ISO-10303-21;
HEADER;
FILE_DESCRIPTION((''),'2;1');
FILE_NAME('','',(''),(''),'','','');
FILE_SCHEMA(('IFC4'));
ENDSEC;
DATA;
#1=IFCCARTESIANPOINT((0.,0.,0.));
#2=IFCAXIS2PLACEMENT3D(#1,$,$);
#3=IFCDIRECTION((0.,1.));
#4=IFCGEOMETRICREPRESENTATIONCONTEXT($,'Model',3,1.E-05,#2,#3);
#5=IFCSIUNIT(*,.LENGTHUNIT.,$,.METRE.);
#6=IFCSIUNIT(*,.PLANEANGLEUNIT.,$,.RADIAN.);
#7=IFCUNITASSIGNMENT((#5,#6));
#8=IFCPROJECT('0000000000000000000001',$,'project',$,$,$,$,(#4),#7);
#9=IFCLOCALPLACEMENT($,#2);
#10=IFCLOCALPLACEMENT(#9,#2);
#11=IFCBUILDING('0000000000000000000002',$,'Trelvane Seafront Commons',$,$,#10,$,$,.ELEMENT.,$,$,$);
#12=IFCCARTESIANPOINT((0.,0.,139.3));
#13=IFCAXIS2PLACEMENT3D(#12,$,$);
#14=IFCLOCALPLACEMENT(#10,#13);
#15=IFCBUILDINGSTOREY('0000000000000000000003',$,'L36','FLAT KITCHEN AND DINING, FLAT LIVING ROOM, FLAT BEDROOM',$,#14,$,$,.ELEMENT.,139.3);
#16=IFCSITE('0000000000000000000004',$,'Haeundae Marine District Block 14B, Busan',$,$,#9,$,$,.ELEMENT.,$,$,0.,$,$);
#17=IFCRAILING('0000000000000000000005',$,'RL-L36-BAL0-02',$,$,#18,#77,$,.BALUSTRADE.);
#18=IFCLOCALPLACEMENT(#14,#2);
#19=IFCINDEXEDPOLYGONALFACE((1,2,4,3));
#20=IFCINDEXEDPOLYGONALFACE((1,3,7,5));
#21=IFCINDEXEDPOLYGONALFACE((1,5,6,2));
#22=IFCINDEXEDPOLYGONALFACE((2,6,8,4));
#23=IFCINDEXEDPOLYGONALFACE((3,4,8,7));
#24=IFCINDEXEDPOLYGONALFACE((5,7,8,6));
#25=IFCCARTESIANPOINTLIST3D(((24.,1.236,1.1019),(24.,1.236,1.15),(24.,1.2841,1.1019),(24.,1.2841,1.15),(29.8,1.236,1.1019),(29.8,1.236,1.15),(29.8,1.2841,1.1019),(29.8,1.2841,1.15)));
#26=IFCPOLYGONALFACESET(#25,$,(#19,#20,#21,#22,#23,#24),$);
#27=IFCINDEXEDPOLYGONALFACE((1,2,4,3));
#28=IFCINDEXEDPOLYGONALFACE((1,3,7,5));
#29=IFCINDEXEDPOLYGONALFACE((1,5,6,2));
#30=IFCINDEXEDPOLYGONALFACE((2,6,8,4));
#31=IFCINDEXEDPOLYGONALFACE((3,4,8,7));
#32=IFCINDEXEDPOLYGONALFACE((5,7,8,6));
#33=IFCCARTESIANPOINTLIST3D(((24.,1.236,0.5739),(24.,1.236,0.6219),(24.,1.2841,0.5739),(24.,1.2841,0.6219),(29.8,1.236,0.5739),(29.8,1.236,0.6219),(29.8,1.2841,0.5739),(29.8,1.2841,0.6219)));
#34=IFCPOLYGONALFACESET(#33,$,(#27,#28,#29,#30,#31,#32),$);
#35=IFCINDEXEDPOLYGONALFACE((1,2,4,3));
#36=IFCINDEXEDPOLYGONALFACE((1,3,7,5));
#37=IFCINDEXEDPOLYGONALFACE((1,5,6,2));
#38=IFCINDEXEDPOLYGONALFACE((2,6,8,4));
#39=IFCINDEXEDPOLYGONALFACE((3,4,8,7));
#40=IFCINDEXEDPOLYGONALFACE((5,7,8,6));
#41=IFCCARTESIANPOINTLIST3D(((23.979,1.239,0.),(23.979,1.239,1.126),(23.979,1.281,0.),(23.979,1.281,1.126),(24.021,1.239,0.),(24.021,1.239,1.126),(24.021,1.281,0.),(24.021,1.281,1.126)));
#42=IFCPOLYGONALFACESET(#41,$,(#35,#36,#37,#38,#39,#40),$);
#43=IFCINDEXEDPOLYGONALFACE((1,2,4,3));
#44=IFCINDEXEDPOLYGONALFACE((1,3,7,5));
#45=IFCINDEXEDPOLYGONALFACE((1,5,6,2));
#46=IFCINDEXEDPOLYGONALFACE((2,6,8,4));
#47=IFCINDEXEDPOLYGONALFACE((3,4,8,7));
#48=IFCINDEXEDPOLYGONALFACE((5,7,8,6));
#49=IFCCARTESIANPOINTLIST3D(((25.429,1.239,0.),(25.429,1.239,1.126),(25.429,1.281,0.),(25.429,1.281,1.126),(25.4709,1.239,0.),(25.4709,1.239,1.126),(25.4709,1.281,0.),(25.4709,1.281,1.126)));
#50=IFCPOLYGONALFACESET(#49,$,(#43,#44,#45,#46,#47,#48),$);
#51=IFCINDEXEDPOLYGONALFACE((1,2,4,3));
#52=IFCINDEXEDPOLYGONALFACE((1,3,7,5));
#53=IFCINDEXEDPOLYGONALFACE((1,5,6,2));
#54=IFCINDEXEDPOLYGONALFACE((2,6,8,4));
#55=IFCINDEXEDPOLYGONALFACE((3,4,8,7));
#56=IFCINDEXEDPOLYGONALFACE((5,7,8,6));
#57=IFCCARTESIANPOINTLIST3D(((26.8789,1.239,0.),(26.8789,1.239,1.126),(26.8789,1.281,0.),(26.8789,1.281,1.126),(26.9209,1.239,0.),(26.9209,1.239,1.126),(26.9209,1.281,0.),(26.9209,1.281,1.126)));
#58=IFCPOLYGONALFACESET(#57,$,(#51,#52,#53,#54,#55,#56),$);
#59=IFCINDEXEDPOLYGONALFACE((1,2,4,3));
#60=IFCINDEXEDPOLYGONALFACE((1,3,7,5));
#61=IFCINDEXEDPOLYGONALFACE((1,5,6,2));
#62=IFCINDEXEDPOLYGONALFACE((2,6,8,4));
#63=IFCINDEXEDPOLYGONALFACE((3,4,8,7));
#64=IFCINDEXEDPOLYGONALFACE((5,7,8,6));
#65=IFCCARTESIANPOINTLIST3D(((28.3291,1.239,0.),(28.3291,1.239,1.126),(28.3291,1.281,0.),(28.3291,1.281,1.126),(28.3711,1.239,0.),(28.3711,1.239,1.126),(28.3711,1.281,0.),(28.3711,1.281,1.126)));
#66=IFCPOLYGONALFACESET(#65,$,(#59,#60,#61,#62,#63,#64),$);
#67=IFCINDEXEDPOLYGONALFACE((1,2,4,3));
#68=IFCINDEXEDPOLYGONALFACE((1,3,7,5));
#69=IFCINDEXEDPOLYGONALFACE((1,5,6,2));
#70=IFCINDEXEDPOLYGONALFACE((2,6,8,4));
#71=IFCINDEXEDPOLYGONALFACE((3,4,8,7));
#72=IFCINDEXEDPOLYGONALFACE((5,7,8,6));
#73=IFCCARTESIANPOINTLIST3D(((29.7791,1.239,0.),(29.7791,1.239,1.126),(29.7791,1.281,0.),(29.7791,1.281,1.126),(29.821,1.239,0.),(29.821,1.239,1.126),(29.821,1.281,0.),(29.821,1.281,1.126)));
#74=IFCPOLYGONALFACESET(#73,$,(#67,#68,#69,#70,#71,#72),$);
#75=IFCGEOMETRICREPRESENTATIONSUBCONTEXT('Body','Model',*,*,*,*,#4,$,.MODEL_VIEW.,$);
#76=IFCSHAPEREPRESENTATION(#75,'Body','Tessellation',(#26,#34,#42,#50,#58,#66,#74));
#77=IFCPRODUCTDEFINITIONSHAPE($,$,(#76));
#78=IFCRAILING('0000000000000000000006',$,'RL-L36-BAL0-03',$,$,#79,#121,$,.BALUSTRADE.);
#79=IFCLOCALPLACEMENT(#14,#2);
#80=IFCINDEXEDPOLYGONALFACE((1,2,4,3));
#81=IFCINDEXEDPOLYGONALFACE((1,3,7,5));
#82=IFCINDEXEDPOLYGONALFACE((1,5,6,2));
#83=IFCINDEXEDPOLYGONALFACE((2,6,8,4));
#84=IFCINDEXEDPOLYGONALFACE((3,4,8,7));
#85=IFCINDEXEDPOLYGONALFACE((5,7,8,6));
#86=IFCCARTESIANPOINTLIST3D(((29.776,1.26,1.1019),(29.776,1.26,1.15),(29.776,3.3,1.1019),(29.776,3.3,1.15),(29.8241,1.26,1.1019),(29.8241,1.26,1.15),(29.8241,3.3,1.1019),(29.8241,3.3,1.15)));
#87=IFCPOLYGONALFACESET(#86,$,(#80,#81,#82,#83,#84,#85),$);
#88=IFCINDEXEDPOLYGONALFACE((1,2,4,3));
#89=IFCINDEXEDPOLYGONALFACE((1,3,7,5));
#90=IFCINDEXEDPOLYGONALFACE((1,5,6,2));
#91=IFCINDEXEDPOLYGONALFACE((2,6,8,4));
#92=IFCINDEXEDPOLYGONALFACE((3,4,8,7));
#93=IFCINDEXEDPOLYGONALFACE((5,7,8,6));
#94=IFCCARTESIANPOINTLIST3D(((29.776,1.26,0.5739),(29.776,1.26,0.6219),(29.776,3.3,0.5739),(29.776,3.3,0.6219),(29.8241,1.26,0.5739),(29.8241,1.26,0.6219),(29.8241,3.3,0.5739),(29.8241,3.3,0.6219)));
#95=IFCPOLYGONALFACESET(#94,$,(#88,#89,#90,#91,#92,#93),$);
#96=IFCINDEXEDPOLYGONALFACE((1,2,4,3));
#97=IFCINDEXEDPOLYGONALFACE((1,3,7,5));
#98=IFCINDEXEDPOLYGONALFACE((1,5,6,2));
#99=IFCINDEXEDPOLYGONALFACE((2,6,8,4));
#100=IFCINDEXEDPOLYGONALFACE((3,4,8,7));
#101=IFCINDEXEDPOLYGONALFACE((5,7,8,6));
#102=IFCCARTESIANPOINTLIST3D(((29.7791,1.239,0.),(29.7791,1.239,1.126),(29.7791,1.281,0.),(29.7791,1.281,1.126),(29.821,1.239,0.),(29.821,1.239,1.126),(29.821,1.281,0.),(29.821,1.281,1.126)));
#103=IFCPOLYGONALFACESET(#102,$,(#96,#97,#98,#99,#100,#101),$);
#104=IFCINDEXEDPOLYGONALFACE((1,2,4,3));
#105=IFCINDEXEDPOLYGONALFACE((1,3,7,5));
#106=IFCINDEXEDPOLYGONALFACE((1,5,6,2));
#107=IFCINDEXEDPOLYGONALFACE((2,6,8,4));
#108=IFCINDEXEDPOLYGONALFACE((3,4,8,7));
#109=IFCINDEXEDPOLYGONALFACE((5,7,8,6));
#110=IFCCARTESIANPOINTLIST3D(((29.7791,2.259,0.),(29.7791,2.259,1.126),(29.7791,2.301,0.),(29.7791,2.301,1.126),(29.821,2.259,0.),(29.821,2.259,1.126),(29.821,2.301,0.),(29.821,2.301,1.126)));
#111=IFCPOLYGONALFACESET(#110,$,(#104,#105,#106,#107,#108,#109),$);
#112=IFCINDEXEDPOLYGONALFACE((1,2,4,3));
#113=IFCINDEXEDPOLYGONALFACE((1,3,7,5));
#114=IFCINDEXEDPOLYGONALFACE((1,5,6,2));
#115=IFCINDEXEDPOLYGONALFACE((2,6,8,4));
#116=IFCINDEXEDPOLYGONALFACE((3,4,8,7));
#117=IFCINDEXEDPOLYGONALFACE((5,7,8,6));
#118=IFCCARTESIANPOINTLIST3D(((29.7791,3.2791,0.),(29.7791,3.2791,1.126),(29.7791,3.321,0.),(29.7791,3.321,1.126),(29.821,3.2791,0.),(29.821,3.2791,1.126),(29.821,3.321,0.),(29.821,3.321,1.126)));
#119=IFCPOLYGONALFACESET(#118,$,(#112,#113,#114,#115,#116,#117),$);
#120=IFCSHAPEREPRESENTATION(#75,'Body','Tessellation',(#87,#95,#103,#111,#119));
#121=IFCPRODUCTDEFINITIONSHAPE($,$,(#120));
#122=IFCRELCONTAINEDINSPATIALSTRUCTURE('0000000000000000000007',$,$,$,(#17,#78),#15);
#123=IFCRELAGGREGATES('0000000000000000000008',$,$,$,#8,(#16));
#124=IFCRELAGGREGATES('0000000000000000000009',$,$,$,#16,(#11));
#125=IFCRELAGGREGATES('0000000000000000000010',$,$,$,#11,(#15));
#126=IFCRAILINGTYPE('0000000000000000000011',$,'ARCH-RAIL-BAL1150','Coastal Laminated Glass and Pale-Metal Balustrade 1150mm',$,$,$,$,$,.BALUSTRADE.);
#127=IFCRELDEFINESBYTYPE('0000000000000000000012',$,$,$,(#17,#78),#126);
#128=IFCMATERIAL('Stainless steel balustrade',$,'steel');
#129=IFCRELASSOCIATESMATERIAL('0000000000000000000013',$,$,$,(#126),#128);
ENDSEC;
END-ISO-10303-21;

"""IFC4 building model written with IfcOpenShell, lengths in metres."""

from ifc_helpers import new_model, si_unit, direction, frame, origin, origin_2d, place, context, subcontext, project, spatial, rectangle, extrude, material, type_object, element, save


model = new_model("IFC4")

# Units and contexts
model_context = context("Model", 3, precision=1e-05, world=origin(), true_north=direction((0.0, 1.0)))
body_context = subcontext(model_context, "Body", "Model", "MODEL_VIEW")
ifc_project = project(units=[si_unit("LENGTHUNIT", "METRE"), si_unit("PLANEANGLEUNIT", "RADIAN")], contexts=[model_context])

# Site, building, storey
site_placement = place(None, origin())
site = spatial("IfcSite", under=ifc_project, at=site_placement, Name="Haeundae Marine District Block 14B, Busan", CompositionType="ELEMENT", RefElevation=0.0)
building_placement = place(site_placement, origin())
building = spatial("IfcBuilding", under=site, at=building_placement, Name="Trelvane Seafront Commons", CompositionType="ELEMENT")
storey_placement = place(building_placement, frame((0.0, 0.0, 139.3)))
storey = spatial("IfcBuildingStorey", under=building, at=storey_placement, Name="L36", Description="FLAT KITCHEN AND DINING, FLAT LIVING ROOM, FLAT BEDROOM", CompositionType="ELEMENT", Elevation=139.3)

# Railings
ifc_material_1 = material(Name="Stainless steel balustrade", Category="steel")
railing_type = type_object("IfcRailingType", Name="ARCH-RAIL-BAL1150", Description="Coastal Laminated Glass and Pale-Metal Balustrade 1150mm", PredefinedType="BALUSTRADE", material=ifc_material_1)
railing_1_placement = place(storey_placement, frame((24.0, 1.26, 0.0)))
element("IfcRailing", 1, at=railing_1_placement, inside=storey, type_object=railing_type, Name="RL-L36-BAL0-02", PredefinedType="BALUSTRADE", context=body_context, shape_type="SweptSolid", body=[
    extrude(rectangle(XDim=0.0481, YDim=0.0481, at=origin_2d()), frame((0.0, 0.0, 1.126), z_axis=(1.0, 0.0, 0.0), x_axis=(0.0, 1.0, 0.0)), (0.0, 0.0, 1.0), 5.8),
    extrude(rectangle(XDim=0.0481, YDim=0.0481, at=origin_2d()), frame((0.0, 0.0, 0.5979), z_axis=(1.0, 0.0, 0.0), x_axis=(0.0, 1.0, 0.0)), (0.0, 0.0, 1.0), 5.8),
    extrude(rectangle(XDim=0.042, YDim=0.042, at=origin_2d()), origin(), (0.0, 0.0, 1.0), 1.126),
    extrude(rectangle(XDim=0.042, YDim=0.042, at=origin_2d()), frame((1.45, 0.0, 0.0)), (0.0, 0.0, 1.0), 1.126),
    extrude(rectangle(XDim=0.042, YDim=0.042, at=origin_2d()), frame((2.8999, 0.0, 0.0)), (0.0, 0.0, 1.0), 1.126),
    extrude(rectangle(XDim=0.042, YDim=0.042, at=origin_2d()), frame((4.3501, 0.0, 0.0)), (0.0, 0.0, 1.0), 1.126),
    extrude(rectangle(XDim=0.042, YDim=0.042, at=origin_2d()), frame((5.8, 0.0, 0.0)), (0.0, 0.0, 1.0), 1.126),
])
railing_2_placement = place(storey_placement, frame((29.8, 1.26, 0.0)))
element("IfcRailing", 2, at=railing_2_placement, inside=storey, type_object=railing_type, Name="RL-L36-BAL0-03", PredefinedType="BALUSTRADE", context=body_context, shape_type="SweptSolid", body=[
    extrude(rectangle(XDim=0.0481, YDim=0.0481, at=origin_2d()), frame((0.0, 0.0, 1.126), z_axis=(0.0, 1.0, 0.0), x_axis=(-1.0, 0.0, 0.0)), (0.0, 0.0, 1.0), 2.04),
    extrude(rectangle(XDim=0.0481, YDim=0.0481, at=origin_2d()), frame((0.0, 0.0, 0.5979), z_axis=(0.0, 1.0, 0.0), x_axis=(-1.0, 0.0, 0.0)), (0.0, 0.0, 1.0), 2.04),
    extrude(rectangle(XDim=0.042, YDim=0.042, at=origin_2d()), origin(), (0.0, 0.0, 1.0), 1.126),
    extrude(rectangle(XDim=0.042, YDim=0.042, at=origin_2d()), frame((0.0, 1.02, 0.0)), (0.0, 0.0, 1.0), 1.126),
    extrude(rectangle(XDim=0.042, YDim=0.042, at=origin_2d()), frame((0.0, 2.04, 0.0)), (0.0, 0.0, 1.0), 1.126),
])

save(model, "model.ifc")
